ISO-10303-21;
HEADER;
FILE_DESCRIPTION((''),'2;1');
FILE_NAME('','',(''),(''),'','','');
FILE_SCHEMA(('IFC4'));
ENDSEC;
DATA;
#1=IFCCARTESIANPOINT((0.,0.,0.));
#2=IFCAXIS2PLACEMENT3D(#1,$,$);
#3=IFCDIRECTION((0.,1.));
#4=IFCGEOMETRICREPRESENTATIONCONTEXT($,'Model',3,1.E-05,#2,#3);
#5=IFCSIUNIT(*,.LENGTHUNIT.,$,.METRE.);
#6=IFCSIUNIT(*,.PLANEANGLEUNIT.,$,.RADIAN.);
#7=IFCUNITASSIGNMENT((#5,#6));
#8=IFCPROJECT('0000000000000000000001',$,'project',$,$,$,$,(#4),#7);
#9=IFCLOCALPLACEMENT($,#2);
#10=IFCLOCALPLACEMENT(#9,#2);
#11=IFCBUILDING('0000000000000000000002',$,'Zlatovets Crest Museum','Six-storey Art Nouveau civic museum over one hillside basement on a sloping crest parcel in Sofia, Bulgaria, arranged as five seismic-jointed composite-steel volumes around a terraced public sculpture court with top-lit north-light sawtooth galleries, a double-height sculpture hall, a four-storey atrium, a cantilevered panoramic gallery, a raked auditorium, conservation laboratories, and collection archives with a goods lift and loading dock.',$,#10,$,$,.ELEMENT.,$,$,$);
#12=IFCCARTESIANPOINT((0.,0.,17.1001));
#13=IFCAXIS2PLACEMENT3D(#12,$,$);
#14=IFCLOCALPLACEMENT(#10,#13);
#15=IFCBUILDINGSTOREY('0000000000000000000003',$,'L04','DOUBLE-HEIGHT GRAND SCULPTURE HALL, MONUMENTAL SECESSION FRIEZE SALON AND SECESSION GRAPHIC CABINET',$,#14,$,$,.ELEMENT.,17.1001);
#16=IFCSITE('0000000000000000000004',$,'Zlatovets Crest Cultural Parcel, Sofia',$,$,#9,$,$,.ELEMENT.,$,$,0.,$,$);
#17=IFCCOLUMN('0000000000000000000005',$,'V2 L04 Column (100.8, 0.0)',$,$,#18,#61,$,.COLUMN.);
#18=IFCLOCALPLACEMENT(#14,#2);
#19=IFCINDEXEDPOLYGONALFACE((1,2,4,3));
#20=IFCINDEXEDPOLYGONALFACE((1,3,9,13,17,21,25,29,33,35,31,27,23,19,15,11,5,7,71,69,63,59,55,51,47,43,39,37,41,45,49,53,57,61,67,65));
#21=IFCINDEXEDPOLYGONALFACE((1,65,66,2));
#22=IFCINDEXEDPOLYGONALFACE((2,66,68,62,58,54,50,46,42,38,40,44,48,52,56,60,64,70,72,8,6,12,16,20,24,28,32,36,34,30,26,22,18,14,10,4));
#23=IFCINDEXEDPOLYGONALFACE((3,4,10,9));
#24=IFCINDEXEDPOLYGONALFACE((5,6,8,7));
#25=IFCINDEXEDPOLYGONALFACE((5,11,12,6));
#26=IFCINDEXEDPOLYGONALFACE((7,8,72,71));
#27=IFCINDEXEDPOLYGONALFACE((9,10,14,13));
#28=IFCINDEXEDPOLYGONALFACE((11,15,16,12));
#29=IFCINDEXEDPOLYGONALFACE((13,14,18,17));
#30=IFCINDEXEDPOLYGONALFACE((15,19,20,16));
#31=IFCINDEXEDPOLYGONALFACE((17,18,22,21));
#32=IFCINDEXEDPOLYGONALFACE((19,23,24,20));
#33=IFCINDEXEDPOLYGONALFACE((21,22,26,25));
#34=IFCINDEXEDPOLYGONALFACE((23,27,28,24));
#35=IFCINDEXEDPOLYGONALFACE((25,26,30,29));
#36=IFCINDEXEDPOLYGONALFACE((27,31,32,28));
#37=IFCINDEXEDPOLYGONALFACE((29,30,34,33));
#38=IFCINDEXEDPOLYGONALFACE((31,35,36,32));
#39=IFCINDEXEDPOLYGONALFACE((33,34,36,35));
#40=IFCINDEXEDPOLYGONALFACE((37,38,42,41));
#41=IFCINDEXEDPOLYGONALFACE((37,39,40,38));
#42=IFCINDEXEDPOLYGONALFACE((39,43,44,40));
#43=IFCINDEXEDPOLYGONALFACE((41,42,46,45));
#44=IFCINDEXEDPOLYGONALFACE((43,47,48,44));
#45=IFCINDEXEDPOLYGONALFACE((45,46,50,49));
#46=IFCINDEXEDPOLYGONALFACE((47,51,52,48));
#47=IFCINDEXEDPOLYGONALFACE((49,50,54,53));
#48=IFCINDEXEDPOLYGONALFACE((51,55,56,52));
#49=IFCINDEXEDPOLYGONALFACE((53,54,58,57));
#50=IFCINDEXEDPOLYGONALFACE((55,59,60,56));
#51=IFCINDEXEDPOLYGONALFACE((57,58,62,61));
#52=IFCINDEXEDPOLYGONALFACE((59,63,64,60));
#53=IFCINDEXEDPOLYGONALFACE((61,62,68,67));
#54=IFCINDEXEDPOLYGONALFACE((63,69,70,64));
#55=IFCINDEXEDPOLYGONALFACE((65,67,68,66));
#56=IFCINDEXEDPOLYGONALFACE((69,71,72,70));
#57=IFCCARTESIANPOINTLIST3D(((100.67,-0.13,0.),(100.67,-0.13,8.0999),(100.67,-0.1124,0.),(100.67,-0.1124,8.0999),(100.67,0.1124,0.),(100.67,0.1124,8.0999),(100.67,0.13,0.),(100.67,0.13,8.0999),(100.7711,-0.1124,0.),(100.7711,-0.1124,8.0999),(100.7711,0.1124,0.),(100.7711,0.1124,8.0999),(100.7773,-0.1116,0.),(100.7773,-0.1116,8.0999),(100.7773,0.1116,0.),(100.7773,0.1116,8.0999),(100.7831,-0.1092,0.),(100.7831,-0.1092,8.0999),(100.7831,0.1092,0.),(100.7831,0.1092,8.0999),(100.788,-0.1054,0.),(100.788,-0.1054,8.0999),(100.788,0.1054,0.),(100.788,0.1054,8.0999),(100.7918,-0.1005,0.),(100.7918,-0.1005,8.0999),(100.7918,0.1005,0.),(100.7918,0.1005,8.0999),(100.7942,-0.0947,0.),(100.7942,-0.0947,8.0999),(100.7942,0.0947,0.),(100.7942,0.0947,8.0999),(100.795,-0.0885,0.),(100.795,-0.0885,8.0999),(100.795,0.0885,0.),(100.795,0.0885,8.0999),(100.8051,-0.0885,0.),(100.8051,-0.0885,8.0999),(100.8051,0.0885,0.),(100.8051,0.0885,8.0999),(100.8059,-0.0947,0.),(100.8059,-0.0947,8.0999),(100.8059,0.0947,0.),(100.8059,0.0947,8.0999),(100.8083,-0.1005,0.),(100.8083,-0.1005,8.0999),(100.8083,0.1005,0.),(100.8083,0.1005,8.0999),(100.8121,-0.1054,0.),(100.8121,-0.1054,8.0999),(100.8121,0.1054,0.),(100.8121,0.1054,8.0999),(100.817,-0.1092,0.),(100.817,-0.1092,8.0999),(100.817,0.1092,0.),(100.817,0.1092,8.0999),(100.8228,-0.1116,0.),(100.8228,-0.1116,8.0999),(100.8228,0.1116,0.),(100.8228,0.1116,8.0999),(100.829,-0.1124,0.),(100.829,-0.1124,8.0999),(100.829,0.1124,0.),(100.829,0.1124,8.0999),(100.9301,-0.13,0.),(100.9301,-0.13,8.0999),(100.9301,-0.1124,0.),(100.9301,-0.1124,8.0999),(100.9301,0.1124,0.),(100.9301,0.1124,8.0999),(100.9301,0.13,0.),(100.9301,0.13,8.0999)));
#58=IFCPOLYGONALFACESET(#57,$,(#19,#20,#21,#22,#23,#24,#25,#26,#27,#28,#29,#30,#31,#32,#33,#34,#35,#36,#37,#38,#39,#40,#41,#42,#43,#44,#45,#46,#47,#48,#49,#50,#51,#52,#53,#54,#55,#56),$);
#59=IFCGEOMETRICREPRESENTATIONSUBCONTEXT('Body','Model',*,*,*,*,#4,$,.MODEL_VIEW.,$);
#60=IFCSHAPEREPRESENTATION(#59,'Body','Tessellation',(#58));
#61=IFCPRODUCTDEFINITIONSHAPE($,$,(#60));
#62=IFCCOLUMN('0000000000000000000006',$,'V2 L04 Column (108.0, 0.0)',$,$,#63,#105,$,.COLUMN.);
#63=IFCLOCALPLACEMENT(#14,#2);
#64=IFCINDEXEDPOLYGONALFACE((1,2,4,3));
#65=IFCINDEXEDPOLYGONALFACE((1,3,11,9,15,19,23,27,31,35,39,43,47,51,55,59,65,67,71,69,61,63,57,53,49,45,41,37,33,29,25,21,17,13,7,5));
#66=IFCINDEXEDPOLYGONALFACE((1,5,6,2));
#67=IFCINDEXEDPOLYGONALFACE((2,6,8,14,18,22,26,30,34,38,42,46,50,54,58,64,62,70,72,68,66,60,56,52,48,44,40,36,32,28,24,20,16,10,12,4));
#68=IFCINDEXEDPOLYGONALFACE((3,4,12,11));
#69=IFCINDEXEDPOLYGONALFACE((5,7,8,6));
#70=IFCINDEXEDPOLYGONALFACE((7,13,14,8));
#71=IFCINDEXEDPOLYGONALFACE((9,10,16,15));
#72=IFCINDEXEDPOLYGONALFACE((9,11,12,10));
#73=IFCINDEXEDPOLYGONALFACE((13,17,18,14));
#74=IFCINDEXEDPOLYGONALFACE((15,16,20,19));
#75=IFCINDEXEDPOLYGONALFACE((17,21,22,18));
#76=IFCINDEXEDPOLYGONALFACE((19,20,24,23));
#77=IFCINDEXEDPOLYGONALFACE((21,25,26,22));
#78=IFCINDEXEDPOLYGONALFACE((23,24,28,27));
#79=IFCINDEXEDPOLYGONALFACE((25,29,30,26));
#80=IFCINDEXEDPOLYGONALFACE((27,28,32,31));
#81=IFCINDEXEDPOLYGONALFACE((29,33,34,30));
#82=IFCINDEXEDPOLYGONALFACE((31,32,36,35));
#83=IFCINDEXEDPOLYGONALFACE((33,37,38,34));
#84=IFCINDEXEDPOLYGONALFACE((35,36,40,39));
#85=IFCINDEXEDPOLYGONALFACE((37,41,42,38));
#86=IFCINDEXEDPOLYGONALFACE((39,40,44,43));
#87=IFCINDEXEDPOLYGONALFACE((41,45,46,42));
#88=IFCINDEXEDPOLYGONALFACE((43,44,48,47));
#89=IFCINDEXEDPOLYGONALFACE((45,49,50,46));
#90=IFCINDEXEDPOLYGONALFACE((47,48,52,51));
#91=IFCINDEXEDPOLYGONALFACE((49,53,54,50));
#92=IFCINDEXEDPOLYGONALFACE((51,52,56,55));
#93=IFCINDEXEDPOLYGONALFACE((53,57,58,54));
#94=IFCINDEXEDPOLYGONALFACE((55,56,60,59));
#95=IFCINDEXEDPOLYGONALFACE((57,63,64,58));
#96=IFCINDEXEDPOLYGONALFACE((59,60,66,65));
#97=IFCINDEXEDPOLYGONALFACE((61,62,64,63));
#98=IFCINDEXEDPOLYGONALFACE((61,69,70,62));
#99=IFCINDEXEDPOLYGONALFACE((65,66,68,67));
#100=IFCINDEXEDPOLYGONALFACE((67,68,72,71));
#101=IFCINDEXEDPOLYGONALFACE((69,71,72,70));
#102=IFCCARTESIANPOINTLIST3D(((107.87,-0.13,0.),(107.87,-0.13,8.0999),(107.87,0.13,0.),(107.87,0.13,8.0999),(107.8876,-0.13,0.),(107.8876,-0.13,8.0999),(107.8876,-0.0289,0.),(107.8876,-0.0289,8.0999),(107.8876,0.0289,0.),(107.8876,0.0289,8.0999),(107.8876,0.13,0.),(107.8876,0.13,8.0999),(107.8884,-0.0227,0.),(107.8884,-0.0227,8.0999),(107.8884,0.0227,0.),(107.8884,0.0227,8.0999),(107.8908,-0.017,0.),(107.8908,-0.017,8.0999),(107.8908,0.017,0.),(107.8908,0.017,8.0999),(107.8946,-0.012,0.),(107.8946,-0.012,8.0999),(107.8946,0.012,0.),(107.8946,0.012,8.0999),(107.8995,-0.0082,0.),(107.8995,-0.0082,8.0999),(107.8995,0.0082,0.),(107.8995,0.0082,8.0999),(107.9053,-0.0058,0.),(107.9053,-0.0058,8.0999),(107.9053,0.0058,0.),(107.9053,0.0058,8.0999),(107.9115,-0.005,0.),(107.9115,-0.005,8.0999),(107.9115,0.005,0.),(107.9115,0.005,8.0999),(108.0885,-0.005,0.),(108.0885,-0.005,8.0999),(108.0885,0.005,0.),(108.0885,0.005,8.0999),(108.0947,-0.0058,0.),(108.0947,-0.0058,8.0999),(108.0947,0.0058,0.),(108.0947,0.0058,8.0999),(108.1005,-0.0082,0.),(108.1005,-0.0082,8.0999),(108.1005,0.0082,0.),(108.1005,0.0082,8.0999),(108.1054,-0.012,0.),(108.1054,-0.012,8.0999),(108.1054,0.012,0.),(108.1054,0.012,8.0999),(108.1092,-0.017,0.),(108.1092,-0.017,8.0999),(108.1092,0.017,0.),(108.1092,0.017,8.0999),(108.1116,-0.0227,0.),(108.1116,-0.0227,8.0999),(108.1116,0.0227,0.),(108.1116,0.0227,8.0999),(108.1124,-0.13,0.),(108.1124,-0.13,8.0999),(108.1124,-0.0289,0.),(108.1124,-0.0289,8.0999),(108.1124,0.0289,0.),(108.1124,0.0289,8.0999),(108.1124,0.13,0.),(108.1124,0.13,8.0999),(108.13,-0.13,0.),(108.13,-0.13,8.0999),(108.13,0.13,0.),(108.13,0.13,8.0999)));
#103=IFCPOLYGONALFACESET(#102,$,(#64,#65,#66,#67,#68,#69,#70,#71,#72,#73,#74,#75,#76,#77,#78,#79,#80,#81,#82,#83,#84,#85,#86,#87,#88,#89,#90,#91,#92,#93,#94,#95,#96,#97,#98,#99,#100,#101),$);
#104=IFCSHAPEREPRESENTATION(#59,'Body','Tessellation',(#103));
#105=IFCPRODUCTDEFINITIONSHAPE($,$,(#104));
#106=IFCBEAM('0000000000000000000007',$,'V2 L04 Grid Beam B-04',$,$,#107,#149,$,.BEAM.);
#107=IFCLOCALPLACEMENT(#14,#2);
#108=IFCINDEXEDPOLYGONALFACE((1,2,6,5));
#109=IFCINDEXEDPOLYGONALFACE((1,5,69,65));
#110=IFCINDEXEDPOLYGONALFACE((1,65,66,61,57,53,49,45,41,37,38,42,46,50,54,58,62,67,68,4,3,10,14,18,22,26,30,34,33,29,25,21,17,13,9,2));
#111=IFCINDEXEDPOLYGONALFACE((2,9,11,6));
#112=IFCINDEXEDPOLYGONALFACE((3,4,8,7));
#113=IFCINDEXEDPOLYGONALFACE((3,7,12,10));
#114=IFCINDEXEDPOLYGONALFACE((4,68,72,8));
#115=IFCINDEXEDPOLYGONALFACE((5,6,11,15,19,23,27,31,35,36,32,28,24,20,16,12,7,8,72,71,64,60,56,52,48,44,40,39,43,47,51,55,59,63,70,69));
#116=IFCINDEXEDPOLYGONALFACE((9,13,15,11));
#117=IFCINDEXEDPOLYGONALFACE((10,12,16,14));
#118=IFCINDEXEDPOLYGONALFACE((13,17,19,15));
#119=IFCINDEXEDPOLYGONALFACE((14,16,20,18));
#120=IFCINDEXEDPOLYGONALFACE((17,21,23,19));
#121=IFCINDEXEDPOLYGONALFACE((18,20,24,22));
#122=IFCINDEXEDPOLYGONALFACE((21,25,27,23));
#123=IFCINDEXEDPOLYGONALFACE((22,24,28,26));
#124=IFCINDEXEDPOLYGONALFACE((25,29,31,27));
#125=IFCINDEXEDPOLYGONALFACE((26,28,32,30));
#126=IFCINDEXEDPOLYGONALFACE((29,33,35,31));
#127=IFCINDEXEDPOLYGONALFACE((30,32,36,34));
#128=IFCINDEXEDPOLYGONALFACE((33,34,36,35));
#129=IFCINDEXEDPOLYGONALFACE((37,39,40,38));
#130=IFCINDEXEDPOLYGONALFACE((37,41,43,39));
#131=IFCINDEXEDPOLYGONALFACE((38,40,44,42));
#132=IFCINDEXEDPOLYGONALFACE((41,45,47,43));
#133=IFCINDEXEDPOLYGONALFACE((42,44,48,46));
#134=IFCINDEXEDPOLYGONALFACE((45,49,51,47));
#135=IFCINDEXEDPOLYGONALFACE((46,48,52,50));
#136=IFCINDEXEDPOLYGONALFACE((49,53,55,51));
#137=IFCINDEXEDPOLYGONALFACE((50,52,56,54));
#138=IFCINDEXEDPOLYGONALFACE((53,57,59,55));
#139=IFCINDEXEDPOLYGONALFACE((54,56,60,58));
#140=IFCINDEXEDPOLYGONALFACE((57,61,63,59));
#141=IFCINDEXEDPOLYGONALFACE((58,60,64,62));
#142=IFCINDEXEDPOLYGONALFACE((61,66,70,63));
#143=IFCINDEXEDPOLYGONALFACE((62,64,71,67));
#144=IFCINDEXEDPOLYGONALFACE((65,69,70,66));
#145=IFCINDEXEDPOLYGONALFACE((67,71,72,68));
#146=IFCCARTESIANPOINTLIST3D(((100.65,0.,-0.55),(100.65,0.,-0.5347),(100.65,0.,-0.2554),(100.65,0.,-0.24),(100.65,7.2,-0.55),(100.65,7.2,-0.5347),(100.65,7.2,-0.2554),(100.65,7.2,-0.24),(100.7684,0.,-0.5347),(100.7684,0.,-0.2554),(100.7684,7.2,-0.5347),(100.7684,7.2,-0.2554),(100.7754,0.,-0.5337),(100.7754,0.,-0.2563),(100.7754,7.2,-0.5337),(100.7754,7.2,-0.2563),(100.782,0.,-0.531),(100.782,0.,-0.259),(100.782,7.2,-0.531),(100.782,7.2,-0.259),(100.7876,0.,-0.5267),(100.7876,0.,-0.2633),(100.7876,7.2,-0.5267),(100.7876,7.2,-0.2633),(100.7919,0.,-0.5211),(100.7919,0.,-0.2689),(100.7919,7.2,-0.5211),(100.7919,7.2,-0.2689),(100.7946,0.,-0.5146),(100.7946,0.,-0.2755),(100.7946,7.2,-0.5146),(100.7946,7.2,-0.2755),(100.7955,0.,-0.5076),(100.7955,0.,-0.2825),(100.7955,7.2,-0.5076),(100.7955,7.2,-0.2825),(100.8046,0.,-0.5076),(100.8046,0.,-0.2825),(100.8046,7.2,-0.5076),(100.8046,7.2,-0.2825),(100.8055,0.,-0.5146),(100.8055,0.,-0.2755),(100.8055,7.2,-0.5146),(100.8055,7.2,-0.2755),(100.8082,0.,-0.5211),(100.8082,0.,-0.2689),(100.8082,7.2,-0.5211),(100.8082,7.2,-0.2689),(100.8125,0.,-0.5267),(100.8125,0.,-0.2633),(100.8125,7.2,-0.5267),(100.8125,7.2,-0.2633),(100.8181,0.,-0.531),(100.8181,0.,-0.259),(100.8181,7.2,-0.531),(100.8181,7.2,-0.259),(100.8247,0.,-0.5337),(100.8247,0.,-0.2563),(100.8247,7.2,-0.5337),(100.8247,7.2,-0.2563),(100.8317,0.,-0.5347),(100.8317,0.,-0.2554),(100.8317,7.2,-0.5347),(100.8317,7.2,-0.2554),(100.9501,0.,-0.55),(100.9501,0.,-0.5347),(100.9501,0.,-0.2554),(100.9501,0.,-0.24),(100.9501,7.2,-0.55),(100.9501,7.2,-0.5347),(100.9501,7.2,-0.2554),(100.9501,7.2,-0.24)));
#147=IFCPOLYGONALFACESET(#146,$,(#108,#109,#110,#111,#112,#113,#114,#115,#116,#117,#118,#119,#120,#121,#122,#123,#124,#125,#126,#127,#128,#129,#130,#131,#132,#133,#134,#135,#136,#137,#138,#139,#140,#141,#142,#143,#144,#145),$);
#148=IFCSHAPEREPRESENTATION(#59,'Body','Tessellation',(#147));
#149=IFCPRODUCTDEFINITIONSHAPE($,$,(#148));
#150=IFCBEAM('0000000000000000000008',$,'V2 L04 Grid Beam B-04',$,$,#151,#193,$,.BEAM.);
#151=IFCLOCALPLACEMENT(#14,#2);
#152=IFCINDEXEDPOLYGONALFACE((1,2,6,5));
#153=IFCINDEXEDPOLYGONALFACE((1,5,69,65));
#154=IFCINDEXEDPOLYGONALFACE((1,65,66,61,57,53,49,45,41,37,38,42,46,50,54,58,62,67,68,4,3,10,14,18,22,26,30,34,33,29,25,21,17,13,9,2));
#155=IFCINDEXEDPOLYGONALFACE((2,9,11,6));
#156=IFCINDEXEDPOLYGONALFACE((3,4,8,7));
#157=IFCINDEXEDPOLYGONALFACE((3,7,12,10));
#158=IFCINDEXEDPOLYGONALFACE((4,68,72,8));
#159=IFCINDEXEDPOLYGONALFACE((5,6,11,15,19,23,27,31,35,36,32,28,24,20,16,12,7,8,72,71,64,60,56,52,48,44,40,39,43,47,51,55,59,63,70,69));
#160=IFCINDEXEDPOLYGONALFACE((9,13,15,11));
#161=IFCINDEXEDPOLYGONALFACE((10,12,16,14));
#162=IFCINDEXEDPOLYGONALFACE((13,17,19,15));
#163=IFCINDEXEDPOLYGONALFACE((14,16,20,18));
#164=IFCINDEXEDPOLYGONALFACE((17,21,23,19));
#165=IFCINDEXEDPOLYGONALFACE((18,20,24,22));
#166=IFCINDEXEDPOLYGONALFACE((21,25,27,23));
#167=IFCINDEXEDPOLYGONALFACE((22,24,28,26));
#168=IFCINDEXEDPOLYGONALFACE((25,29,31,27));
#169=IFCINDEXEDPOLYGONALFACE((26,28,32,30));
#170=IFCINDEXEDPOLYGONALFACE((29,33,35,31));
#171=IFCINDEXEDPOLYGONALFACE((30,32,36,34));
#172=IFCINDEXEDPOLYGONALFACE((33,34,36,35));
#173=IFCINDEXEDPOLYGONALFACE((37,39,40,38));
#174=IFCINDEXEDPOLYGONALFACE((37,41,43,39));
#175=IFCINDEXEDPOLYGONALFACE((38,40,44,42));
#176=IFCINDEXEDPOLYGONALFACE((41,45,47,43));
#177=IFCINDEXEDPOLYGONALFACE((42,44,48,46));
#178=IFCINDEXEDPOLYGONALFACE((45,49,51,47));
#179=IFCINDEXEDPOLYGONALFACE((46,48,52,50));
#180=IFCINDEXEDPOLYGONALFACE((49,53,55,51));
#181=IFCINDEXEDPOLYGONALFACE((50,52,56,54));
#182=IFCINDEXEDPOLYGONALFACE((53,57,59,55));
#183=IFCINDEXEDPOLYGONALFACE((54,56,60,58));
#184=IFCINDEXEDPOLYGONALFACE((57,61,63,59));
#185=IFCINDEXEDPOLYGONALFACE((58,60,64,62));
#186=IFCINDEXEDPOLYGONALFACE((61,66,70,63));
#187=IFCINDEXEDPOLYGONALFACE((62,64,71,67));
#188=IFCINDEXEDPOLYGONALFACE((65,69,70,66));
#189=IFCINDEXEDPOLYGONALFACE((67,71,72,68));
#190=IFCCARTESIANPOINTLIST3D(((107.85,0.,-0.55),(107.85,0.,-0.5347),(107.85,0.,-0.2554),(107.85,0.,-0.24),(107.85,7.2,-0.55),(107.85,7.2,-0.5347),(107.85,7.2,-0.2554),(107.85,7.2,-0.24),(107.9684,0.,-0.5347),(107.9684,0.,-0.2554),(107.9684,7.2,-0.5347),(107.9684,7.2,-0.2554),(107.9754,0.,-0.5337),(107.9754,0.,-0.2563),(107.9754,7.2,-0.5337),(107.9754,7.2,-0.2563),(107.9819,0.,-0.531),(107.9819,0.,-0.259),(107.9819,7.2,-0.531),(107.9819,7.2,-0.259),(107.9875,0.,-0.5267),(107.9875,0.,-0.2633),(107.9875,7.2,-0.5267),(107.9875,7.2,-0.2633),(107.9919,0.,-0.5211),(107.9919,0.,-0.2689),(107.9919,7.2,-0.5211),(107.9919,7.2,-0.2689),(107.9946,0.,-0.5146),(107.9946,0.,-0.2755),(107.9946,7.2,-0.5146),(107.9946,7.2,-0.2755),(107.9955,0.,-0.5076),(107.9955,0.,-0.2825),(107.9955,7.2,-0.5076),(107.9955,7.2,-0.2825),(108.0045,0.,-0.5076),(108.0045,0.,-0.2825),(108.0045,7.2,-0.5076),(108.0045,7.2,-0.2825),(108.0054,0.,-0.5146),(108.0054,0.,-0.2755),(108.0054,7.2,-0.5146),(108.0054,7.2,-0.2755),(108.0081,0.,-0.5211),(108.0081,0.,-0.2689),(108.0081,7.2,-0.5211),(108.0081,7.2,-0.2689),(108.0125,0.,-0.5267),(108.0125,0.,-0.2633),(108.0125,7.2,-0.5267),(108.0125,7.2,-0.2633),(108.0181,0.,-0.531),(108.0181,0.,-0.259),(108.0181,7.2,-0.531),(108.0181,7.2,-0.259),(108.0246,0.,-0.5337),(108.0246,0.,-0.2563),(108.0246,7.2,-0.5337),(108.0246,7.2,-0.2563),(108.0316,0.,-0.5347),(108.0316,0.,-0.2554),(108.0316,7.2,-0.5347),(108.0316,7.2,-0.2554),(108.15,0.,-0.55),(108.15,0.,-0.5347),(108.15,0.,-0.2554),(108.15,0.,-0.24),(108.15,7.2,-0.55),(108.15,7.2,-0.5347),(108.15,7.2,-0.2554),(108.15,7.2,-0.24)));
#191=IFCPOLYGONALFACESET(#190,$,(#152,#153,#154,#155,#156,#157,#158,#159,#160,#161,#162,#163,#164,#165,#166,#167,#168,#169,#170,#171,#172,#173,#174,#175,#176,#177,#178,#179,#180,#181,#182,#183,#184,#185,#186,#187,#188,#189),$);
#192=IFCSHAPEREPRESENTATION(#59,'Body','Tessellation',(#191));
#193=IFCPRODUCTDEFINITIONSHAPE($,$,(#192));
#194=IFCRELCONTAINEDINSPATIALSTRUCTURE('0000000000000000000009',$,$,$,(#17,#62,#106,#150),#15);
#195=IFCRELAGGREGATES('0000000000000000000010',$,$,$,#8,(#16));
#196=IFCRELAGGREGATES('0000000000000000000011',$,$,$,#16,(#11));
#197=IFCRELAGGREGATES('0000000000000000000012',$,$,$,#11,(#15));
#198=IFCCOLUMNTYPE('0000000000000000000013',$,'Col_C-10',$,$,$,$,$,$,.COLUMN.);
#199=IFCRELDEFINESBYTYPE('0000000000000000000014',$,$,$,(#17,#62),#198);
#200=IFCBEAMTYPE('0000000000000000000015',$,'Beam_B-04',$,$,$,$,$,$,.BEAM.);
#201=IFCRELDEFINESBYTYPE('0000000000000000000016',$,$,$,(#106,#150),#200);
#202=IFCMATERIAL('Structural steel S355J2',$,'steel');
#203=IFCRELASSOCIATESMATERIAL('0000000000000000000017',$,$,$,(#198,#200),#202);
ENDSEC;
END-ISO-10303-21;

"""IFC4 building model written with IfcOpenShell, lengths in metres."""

from ifc_helpers import new_model, si_unit, direction, frame, origin, origin_2d, place, context, subcontext, project, spatial, i_section, extrude, material, material_profile, profile_set, type_object, element, save


model = new_model("IFC4")

# Units and contexts
model_context = context("Model", 3, precision=1e-05, world=origin(), true_north=direction((0.0, 1.0)))
body_context = subcontext(model_context, "Body", "Model", "MODEL_VIEW")
ifc_project = project(units=[si_unit("LENGTHUNIT", "METRE"), si_unit("PLANEANGLEUNIT", "RADIAN")], contexts=[model_context])

# Site, building, storey
site_placement = place(None, origin())
site = spatial("IfcSite", under=ifc_project, at=site_placement, Name="Zlatovets Crest Cultural Parcel, Sofia", CompositionType="ELEMENT", RefElevation=0.0)
building_placement = place(site_placement, origin())
building = spatial("IfcBuilding", under=site, at=building_placement, Name="Zlatovets Crest Museum", Description="Six-storey Art Nouveau civic museum over one hillside basement on a sloping crest parcel in Sofia, Bulgaria, arranged as five seismic-jointed composite-steel volumes around a terraced public sculpture court with top-lit north-light sawtooth galleries, a double-height sculpture hall, a four-storey atrium, a cantilevered panoramic gallery, a raked auditorium, conservation laboratories, and collection archives with a goods lift and loading dock.", CompositionType="ELEMENT")
storey_placement = place(building_placement, frame((0.0, 0.0, 17.1001)))
storey = spatial("IfcBuildingStorey", under=building, at=storey_placement, Name="L04", Description="DOUBLE-HEIGHT GRAND SCULPTURE HALL, MONUMENTAL SECESSION FRIEZE SALON AND SECESSION GRAPHIC CABINET", CompositionType="ELEMENT", Elevation=17.1001)

# Columns
ifc_material_1 = material(Name="Structural steel S355J2", Category="steel")
ifc_material_profile_1 = material_profile(ifc_material_1, i_section(OverallWidth=0.26, OverallDepth=0.26, WebThickness=0.01, FlangeThickness=0.0176, FilletRadius=0.0239, at=origin_2d()), Name="HEB 260")
ifc_profile_set_1 = profile_set([ifc_material_profile_1], Name="Structural steel S355J2")
column_type = type_object("IfcColumnType", Name="Col_C-10", PredefinedType="COLUMN", material=ifc_profile_set_1)
for number, where, z_axis, x_axis, name in (
    (1, (100.8, 0.0, 0.0), (0.0, 0.0, 1.0), (1.0, 0.0, 0.0), "V2 L04 Column (100.8, 0.0)"),
    (2, (108.0, 0.0, 0.0), (0.0, 0.0, 1.0), (0.0, 1.0, 0.0), "V2 L04 Column (108.0, 0.0)"),
):
    element("IfcColumn", number, at=place(storey_placement, frame(where, z_axis=z_axis, x_axis=x_axis)), inside=storey, type_object=column_type, Name=name, PredefinedType="COLUMN", context=body_context, shape_type="SweptSolid", body=[
        extrude(i_section(OverallWidth=0.26, OverallDepth=0.26, WebThickness=0.01, FlangeThickness=0.0176, FilletRadius=0.0239, at=origin_2d()), origin(), (0.0, 0.0, 1.0), 8.0999),
    ])

# Beams
ifc_material_profile_2 = material_profile(ifc_material_1, i_section(OverallWidth=0.3, OverallDepth=0.3101, WebThickness=0.009, FlangeThickness=0.0154, FilletRadius=0.0271, at=origin_2d()), Name="HEA 320")
ifc_profile_set_2 = profile_set([ifc_material_profile_2], Name="Structural steel S355J2")
beam_type_1 = type_object("IfcBeamType", Name="Beam_B-04", PredefinedType="BEAM", material=ifc_profile_set_2)
for number, where, z_axis, x_axis, name in (
    (3, (100.8, 0.0, -0.395), (0.0, 1.0, 0.0), (-1.0, 0.0, 0.0), "V2 L04 Grid Beam B-04"),
    (4, (108.0, 0.0, -0.395), (0.0, 1.0, 0.0), (-1.0, 0.0, 0.0), "V2 L04 Grid Beam B-04"),
):
    element("IfcBeam", number, at=place(storey_placement, frame(where, z_axis=z_axis, x_axis=x_axis)), inside=storey, type_object=beam_type_1, Name=name, PredefinedType="BEAM", context=body_context, shape_type="SweptSolid", body=[
        extrude(i_section(OverallWidth=0.3, OverallDepth=0.3101, WebThickness=0.009, FlangeThickness=0.0154, FilletRadius=0.0271, at=origin_2d()), origin(), (0.0, 0.0, 1.0), 7.2),
    ])

save(model, "model.ifc")
